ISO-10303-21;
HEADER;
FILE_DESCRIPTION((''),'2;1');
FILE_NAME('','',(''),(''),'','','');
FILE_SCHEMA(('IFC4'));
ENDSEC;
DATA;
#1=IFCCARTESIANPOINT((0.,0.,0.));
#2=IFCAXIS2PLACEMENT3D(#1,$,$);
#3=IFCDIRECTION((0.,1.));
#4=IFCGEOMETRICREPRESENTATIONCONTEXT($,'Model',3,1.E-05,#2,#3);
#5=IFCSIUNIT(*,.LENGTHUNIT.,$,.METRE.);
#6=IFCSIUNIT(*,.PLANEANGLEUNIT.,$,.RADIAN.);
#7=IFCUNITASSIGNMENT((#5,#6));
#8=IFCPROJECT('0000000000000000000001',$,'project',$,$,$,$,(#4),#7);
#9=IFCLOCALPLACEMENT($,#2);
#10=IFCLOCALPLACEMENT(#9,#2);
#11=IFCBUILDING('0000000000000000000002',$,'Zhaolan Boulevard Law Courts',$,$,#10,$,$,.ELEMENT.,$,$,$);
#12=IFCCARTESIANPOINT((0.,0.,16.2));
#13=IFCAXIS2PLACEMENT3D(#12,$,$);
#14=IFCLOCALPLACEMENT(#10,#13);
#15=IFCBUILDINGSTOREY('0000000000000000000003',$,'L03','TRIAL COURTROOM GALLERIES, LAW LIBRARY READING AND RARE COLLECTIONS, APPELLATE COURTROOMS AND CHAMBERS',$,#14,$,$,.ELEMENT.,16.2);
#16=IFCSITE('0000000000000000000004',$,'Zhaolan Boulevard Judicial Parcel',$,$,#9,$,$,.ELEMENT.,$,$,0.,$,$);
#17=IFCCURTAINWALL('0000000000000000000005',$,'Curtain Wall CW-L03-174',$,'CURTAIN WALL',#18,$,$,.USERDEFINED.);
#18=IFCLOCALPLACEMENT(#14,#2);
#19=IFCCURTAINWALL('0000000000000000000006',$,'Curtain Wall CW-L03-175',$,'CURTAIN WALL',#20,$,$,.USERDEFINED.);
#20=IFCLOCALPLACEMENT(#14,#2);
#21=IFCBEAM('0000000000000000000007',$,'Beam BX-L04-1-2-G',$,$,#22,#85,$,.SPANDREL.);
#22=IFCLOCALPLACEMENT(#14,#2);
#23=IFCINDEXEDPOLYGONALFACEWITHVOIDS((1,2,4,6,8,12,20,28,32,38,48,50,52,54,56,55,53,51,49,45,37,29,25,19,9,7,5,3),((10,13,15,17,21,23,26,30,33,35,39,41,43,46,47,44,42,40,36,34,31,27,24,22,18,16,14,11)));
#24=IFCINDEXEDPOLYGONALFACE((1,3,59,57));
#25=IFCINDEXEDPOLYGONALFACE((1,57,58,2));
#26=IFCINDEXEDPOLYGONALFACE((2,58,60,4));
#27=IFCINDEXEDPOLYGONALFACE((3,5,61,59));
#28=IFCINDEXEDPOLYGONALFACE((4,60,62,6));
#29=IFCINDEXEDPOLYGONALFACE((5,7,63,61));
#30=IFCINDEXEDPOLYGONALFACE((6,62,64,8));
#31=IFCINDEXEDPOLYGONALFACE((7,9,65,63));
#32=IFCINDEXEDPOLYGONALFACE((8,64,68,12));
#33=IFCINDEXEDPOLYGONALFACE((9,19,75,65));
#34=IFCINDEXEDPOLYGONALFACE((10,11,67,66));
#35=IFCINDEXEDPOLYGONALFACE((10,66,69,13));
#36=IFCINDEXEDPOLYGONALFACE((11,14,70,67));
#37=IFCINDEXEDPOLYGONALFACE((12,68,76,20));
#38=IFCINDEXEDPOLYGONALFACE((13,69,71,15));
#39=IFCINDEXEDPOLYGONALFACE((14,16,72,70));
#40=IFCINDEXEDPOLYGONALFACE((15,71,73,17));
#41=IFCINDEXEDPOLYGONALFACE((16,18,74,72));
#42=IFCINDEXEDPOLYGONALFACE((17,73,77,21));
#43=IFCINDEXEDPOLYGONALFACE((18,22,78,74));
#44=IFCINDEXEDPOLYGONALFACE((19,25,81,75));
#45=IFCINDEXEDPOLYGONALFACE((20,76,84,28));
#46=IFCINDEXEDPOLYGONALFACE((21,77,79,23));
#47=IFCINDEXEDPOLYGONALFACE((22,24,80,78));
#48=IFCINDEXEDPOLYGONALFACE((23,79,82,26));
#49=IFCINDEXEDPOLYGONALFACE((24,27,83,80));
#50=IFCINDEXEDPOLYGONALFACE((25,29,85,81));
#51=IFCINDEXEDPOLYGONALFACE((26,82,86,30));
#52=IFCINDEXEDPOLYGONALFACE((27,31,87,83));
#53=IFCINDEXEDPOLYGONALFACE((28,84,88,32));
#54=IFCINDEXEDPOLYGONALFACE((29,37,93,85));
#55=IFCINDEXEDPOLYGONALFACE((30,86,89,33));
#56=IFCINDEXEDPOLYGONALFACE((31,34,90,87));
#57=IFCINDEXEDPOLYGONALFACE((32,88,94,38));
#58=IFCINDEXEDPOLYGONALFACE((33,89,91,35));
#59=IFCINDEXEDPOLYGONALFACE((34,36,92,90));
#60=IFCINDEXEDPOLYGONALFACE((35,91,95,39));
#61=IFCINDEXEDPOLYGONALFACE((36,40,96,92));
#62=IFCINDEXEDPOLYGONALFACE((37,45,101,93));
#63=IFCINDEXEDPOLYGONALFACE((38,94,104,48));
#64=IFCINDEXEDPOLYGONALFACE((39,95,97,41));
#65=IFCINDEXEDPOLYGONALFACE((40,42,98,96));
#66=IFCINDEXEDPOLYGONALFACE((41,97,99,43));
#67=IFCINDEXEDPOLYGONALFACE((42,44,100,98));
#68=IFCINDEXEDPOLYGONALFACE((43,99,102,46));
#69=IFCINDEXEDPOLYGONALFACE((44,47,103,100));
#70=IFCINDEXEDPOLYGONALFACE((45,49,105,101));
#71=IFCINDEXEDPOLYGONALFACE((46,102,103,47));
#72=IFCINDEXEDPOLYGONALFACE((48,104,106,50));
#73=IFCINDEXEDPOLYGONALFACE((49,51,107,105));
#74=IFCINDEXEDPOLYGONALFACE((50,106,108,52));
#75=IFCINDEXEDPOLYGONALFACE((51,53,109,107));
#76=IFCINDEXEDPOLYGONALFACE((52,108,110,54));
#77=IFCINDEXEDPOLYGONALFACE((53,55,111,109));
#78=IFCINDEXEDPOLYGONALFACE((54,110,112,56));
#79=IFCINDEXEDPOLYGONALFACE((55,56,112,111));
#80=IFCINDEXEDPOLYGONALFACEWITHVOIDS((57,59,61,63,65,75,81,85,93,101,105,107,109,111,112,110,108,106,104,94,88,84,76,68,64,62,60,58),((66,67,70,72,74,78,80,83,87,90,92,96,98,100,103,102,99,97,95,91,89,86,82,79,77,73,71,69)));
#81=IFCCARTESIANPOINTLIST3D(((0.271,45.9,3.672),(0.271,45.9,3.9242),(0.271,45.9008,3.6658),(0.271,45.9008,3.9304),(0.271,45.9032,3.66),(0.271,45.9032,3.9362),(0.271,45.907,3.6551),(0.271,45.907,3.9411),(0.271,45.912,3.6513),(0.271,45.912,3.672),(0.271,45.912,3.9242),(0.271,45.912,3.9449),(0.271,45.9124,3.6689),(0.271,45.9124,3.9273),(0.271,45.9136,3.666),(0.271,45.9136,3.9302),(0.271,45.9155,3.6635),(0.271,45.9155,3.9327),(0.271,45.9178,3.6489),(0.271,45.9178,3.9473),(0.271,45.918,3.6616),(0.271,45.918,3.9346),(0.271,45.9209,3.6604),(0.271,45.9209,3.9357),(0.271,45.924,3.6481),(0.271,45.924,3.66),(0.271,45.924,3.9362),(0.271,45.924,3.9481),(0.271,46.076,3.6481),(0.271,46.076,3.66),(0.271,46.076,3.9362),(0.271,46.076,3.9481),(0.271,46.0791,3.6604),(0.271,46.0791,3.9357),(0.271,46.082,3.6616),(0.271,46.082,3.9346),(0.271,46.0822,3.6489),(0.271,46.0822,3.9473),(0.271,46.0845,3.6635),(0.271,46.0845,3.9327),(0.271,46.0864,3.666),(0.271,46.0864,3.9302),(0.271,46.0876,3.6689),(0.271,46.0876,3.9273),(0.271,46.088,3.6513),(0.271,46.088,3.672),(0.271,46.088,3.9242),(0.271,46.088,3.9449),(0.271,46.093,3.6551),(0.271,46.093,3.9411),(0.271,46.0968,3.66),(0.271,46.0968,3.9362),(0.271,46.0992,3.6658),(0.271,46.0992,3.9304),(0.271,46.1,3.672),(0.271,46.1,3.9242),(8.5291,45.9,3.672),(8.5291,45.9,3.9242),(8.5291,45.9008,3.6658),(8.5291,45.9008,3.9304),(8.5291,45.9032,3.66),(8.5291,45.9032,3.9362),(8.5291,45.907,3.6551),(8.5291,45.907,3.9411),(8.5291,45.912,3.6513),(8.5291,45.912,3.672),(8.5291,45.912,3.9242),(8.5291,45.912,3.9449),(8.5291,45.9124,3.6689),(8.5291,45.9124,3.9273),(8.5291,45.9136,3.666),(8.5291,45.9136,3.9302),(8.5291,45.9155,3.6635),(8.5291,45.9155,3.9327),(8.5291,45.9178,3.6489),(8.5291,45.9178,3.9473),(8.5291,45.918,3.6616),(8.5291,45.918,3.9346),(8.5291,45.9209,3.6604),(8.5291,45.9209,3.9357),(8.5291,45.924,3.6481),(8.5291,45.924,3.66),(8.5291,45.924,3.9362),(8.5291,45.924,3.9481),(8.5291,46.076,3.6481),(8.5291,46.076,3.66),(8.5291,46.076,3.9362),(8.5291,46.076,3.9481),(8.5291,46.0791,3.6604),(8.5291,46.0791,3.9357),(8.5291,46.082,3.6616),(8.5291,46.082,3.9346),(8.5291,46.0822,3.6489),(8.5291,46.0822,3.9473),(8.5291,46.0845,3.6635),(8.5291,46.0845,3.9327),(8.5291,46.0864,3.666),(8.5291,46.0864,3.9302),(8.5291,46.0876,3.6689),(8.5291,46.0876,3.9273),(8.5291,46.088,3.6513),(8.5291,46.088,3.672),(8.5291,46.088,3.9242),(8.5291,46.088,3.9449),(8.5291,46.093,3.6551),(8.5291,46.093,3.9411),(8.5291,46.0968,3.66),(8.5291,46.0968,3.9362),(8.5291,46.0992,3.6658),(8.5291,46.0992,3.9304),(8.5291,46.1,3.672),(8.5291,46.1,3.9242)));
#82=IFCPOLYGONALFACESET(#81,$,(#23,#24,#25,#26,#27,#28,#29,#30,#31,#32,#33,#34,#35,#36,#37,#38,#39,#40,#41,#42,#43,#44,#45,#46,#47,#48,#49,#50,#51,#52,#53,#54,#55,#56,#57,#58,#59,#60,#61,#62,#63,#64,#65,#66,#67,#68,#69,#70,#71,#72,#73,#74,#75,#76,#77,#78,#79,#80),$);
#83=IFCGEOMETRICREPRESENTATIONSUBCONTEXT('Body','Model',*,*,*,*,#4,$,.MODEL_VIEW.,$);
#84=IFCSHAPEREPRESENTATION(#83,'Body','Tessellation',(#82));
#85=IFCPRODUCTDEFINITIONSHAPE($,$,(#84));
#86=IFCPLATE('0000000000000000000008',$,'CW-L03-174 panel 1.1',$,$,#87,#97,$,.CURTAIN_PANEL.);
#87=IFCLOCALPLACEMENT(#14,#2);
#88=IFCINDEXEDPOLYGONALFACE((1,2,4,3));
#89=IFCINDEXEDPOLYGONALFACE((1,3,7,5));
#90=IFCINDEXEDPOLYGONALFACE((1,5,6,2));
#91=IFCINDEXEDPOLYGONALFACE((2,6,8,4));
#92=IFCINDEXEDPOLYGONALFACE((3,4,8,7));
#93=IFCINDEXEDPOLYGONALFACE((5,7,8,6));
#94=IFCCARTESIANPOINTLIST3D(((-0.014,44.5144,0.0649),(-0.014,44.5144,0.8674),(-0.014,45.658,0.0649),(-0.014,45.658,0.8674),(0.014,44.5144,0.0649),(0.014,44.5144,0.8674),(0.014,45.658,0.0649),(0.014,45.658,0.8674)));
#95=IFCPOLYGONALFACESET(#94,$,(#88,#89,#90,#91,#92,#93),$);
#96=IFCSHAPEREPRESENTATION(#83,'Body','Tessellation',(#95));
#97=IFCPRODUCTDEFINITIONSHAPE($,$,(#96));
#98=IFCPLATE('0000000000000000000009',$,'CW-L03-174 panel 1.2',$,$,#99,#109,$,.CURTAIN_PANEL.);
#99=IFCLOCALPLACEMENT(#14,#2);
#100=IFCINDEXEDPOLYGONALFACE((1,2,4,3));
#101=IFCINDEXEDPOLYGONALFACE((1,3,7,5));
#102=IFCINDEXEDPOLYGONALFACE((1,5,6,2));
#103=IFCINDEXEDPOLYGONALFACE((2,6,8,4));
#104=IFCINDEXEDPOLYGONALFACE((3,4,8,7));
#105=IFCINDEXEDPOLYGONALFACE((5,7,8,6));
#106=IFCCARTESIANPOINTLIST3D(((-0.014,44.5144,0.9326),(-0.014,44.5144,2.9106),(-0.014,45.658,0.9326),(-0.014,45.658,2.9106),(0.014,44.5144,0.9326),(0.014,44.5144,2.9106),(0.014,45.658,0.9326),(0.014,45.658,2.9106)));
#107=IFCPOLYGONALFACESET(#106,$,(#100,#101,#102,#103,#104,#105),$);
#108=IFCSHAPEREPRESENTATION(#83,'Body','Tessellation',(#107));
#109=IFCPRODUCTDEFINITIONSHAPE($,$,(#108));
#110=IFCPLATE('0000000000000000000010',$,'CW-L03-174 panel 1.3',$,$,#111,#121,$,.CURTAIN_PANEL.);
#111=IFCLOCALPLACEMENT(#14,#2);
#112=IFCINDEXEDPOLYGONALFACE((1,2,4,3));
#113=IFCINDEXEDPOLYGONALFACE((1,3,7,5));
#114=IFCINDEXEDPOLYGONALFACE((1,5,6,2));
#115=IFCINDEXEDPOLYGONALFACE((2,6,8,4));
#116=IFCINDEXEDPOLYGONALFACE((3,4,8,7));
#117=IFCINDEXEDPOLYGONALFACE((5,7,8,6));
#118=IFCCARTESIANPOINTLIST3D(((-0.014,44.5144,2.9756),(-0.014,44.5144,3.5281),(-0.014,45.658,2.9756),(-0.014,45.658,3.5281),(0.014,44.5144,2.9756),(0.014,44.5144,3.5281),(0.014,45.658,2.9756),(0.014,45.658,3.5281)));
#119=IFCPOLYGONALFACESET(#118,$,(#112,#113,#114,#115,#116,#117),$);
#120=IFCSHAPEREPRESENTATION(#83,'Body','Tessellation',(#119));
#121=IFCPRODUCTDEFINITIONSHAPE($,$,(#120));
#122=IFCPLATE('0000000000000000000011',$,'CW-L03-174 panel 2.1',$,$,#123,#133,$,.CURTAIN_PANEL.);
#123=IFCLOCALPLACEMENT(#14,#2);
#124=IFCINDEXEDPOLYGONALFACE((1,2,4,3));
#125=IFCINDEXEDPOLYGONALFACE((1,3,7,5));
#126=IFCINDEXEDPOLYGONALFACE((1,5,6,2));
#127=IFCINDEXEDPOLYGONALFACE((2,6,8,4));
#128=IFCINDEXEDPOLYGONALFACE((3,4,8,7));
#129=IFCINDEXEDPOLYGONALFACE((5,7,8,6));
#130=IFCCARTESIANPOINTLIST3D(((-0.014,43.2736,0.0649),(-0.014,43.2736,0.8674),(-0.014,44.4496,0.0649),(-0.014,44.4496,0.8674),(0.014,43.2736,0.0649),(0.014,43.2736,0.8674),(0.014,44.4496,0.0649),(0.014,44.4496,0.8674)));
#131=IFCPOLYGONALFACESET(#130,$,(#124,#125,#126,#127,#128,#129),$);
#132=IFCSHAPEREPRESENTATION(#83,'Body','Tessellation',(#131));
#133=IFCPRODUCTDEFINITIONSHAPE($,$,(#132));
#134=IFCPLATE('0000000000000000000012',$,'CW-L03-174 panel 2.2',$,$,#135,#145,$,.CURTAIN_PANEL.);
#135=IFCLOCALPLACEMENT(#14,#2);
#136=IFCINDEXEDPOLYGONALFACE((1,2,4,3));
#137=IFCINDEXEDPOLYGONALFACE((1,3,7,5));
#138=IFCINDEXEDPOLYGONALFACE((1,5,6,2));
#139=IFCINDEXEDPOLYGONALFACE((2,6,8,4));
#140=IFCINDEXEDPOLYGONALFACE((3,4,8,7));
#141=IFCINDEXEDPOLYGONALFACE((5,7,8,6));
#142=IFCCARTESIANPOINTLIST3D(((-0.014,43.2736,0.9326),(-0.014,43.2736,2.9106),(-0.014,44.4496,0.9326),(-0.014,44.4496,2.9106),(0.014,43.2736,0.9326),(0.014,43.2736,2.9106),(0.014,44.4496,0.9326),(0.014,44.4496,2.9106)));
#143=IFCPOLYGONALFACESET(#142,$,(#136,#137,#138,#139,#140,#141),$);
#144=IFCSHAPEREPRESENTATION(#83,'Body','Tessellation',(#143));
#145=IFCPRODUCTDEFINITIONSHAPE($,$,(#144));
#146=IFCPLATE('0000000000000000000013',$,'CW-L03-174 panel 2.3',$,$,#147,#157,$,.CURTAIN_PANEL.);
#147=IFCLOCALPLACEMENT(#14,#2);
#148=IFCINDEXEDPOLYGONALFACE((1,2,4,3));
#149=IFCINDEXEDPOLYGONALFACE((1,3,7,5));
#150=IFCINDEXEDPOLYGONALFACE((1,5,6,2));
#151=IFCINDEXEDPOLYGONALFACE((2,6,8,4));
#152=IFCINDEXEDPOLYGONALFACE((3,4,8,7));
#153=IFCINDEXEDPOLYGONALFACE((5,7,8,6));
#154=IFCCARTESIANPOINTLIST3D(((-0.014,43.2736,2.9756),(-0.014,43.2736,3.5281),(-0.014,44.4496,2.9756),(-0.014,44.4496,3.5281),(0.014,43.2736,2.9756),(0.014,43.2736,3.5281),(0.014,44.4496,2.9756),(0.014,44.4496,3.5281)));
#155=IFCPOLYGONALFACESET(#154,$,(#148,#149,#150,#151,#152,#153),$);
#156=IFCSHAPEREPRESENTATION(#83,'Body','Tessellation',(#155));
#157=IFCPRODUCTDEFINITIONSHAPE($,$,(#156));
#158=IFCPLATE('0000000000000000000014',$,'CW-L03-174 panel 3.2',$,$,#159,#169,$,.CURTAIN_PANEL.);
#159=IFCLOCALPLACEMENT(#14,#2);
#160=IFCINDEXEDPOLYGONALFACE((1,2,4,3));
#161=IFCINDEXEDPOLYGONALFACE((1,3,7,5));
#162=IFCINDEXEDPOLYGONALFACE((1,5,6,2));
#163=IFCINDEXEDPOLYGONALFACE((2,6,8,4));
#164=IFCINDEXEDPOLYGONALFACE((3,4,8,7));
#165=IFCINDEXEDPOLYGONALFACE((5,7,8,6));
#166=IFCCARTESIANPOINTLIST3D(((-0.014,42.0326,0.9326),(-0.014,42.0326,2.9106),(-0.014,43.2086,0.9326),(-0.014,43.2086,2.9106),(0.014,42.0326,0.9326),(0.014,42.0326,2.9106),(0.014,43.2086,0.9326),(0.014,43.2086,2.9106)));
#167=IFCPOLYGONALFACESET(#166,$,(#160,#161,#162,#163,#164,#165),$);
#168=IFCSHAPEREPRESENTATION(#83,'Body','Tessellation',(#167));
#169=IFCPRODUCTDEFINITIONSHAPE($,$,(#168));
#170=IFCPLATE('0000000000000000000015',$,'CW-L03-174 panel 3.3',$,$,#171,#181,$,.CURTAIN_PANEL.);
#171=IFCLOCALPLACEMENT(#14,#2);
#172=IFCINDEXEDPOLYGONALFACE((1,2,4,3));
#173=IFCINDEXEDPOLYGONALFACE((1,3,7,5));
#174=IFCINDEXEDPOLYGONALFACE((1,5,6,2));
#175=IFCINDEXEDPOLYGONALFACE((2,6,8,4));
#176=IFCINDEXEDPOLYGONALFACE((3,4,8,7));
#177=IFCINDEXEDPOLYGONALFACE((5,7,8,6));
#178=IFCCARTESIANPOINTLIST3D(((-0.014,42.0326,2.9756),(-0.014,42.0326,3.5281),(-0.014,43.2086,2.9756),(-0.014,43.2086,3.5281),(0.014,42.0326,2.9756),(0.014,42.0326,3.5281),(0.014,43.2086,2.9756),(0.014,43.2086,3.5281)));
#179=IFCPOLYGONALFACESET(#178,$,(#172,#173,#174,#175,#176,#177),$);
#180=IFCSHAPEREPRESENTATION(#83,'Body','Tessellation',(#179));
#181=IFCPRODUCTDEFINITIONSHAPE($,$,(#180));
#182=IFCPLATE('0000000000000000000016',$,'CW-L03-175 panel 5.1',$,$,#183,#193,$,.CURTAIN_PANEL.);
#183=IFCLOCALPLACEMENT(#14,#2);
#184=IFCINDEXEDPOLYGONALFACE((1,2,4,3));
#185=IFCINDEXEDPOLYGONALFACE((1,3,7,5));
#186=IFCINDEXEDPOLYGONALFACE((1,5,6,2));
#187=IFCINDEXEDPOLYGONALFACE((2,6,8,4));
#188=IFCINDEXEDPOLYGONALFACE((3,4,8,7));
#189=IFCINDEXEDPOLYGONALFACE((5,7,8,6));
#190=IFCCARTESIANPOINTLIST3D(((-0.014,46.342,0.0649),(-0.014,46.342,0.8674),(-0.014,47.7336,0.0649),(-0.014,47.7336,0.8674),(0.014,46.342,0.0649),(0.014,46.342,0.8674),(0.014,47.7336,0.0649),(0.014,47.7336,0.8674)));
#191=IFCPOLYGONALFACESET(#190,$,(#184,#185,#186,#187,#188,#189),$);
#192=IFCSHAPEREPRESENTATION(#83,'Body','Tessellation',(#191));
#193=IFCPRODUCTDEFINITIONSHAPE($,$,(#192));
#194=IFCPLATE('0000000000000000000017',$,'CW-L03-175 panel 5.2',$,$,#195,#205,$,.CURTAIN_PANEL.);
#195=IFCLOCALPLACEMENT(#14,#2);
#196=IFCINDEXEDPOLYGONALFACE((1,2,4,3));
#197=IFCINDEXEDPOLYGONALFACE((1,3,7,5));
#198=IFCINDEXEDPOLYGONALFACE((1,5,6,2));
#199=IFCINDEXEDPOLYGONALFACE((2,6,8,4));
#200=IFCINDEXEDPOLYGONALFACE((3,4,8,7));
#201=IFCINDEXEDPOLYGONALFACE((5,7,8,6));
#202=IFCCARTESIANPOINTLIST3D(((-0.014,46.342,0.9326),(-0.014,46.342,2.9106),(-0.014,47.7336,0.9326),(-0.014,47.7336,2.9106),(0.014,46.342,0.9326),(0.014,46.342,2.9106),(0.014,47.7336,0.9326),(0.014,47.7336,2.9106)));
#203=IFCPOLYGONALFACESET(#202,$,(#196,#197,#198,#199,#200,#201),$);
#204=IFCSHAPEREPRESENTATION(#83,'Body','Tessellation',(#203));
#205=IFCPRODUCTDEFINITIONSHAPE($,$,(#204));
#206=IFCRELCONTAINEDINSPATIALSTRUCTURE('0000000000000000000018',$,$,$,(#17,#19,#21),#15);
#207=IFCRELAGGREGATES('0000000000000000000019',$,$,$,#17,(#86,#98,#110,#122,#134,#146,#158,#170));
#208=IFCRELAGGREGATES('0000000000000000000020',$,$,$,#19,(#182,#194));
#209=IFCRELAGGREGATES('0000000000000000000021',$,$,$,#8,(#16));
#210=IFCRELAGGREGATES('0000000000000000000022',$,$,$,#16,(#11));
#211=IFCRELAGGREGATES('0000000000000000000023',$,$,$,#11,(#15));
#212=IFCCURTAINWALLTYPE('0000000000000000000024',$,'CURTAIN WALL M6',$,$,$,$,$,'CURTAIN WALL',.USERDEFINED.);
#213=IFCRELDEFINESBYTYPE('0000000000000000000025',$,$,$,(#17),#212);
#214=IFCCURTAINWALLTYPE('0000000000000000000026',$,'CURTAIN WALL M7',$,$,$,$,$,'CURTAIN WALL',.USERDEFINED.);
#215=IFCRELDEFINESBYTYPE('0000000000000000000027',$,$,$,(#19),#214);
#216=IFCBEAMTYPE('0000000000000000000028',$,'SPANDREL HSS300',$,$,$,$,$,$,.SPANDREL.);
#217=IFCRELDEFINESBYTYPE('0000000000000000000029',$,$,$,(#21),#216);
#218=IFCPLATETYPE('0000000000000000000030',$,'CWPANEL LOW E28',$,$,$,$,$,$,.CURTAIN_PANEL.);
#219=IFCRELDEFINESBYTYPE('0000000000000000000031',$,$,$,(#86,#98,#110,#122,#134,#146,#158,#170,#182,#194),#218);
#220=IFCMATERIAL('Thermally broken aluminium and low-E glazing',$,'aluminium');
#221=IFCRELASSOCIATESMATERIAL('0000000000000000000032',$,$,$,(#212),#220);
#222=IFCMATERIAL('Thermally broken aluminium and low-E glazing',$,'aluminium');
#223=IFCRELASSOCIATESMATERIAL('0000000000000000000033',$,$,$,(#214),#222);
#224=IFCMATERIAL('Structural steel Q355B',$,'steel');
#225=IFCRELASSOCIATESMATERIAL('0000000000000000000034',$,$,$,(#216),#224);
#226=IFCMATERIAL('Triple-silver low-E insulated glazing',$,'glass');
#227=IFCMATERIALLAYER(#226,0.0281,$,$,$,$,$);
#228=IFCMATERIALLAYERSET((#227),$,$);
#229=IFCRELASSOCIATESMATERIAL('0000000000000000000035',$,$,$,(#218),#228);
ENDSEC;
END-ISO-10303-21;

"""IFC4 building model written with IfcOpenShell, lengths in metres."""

from ifc_helpers import new_model, si_unit, direction, frame, origin, origin_2d, place, context, subcontext, project, spatial, rectangle, hollow_rectangle, extrude, material, layer, layer_set, material_profile, profile_set, type_object, element, aggregate, save


model = new_model("IFC4")

# Units and contexts
model_context = context("Model", 3, precision=1e-05, world=origin(), true_north=direction((0.0, 1.0)))
body_context = subcontext(model_context, "Body", "Model", "MODEL_VIEW")
ifc_project = project(units=[si_unit("LENGTHUNIT", "METRE"), si_unit("PLANEANGLEUNIT", "RADIAN")], contexts=[model_context])

# Site, building, storey
site_placement = place(None, origin())
site = spatial("IfcSite", under=ifc_project, at=site_placement, Name="Zhaolan Boulevard Judicial Parcel", CompositionType="ELEMENT", RefElevation=0.0)
building_placement = place(site_placement, origin())
building = spatial("IfcBuilding", under=site, at=building_placement, Name="Zhaolan Boulevard Law Courts", CompositionType="ELEMENT")
storey_placement = place(building_placement, frame((0.0, 0.0, 16.2)))
storey = spatial("IfcBuildingStorey", under=building, at=storey_placement, Name="L03", Description="TRIAL COURTROOM GALLERIES, LAW LIBRARY READING AND RARE COLLECTIONS, APPELLATE COURTROOMS AND CHAMBERS", CompositionType="ELEMENT", Elevation=16.2)

# Curtain wall
ifc_material_1 = material(Name="Thermally broken aluminium and low-E glazing", Category="aluminium")
curtain_wall_type_1 = type_object("IfcCurtainWallType", Name="CURTAIN WALL M6", ElementType="CURTAIN WALL", PredefinedType="USERDEFINED", material=ifc_material_1)
curtain_wall_1_placement = place(storey_placement, origin())
curtain_wall_1 = element("IfcCurtainWall", 1, at=curtain_wall_1_placement, inside=storey, type_object=curtain_wall_type_1, Name="Curtain Wall CW-L03-174", ObjectType="CURTAIN WALL", PredefinedType="USERDEFINED")

# Curtain wall
ifc_material_2 = material(Name="Thermally broken aluminium and low-E glazing", Category="aluminium")
curtain_wall_type_2 = type_object("IfcCurtainWallType", Name="CURTAIN WALL M7", ElementType="CURTAIN WALL", PredefinedType="USERDEFINED", material=ifc_material_2)
curtain_wall_2_placement = place(storey_placement, origin())
curtain_wall_2 = element("IfcCurtainWall", 2, at=curtain_wall_2_placement, inside=storey, type_object=curtain_wall_type_2, Name="Curtain Wall CW-L03-175", ObjectType="CURTAIN WALL", PredefinedType="USERDEFINED")

# Beam
ifc_material_3 = material(Name="Structural steel Q355B", Category="steel")
ifc_material_profile_1 = material_profile(ifc_material_3, hollow_rectangle(XDim=0.2, YDim=0.3, WallThickness=0.012, InnerFilletRadius=0.012, OuterFilletRadius=0.0239, at=origin_2d()), Name="HSS300x200x12")
ifc_profile_set_1 = profile_set([ifc_material_profile_1], Name="Structural steel Q355B")
beam_type_1 = type_object("IfcBeamType", Name="SPANDREL HSS300", PredefinedType="SPANDREL", material=ifc_profile_set_1)
beam_1_placement = place(storey_placement, frame((0.271, 46.0, 3.7981), z_axis=(1.0, 0.0, 0.0), x_axis=(0.0, 1.0, 0.0)))
element("IfcBeam", 3, at=beam_1_placement, inside=storey, type_object=beam_type_1, Name="Beam BX-L04-1-2-G", PredefinedType="SPANDREL", context=body_context, shape_type="SweptSolid", body=[
    extrude(hollow_rectangle(XDim=0.2, YDim=0.3, WallThickness=0.012, InnerFilletRadius=0.012, OuterFilletRadius=0.0239, at=origin_2d()), origin(), (0.0, 0.0, 1.0), 8.2581),
])

# Plates
ifc_material_4 = material(Name="Triple-silver low-E insulated glazing", Category="glass")
ifc_layer_1 = layer(ifc_material_4, 0.0281)
ifc_layer_set_1 = layer_set([ifc_layer_1])
plate_type_1 = type_object("IfcPlateType", Name="CWPANEL LOW E28", PredefinedType="CURTAIN_PANEL", material=ifc_layer_set_1)
plate_1_placement = place(storey_placement, frame((0.0, 45.0862, 0.0649), z_axis=(0.0, 0.0, 1.0), x_axis=(0.0, -1.0, 0.0)))
plate_1 = element("IfcPlate", 4, at=plate_1_placement, type_object=plate_type_1, Name="CW-L03-174 panel 1.1", PredefinedType="CURTAIN_PANEL", context=body_context, shape_type="SweptSolid", body=[
    extrude(rectangle(XDim=1.1436, YDim=0.0281, at=origin_2d()), origin(), (0.0, 0.0, 1.0), 0.8025),
])
plate_2_placement = place(storey_placement, frame((0.0, 45.0862, 0.9326), z_axis=(0.0, 0.0, 1.0), x_axis=(0.0, -1.0, 0.0)))
plate_2 = element("IfcPlate", 5, at=plate_2_placement, type_object=plate_type_1, Name="CW-L03-174 panel 1.2", PredefinedType="CURTAIN_PANEL", context=body_context, shape_type="SweptSolid", body=[
    extrude(rectangle(XDim=1.1436, YDim=0.0281, at=origin_2d()), origin(), (0.0, 0.0, 1.0), 1.978),
])
plate_3_placement = place(storey_placement, frame((0.0, 45.0862, 2.9756), z_axis=(0.0, 0.0, 1.0), x_axis=(0.0, -1.0, 0.0)))
plate_3 = element("IfcPlate", 6, at=plate_3_placement, type_object=plate_type_1, Name="CW-L03-174 panel 1.3", PredefinedType="CURTAIN_PANEL", context=body_context, shape_type="SweptSolid", body=[
    extrude(rectangle(XDim=1.1436, YDim=0.0281, at=origin_2d()), origin(), (0.0, 0.0, 1.0), 0.5525),
])
plate_4_placement = place(storey_placement, frame((0.0, 43.8616, 0.0649), z_axis=(0.0, 0.0, 1.0), x_axis=(0.0, -1.0, 0.0)))
plate_4 = element("IfcPlate", 7, at=plate_4_placement, type_object=plate_type_1, Name="CW-L03-174 panel 2.1", PredefinedType="CURTAIN_PANEL", context=body_context, shape_type="SweptSolid", body=[
    extrude(rectangle(XDim=1.176, YDim=0.0281, at=origin_2d()), origin(), (0.0, 0.0, 1.0), 0.8025),
])
plate_5_placement = place(storey_placement, frame((0.0, 43.8616, 0.9326), z_axis=(0.0, 0.0, 1.0), x_axis=(0.0, -1.0, 0.0)))
plate_5 = element("IfcPlate", 8, at=plate_5_placement, type_object=plate_type_1, Name="CW-L03-174 panel 2.2", PredefinedType="CURTAIN_PANEL", context=body_context, shape_type="SweptSolid", body=[
    extrude(rectangle(XDim=1.176, YDim=0.0281, at=origin_2d()), origin(), (0.0, 0.0, 1.0), 1.978),
])
plate_6_placement = place(storey_placement, frame((0.0, 43.8616, 2.9756), z_axis=(0.0, 0.0, 1.0), x_axis=(0.0, -1.0, 0.0)))
plate_6 = element("IfcPlate", 9, at=plate_6_placement, type_object=plate_type_1, Name="CW-L03-174 panel 2.3", PredefinedType="CURTAIN_PANEL", context=body_context, shape_type="SweptSolid", body=[
    extrude(rectangle(XDim=1.176, YDim=0.0281, at=origin_2d()), origin(), (0.0, 0.0, 1.0), 0.5525),
])
plate_7_placement = place(storey_placement, frame((0.0, 42.6206, 0.9326), z_axis=(0.0, 0.0, 1.0), x_axis=(0.0, -1.0, 0.0)))
plate_7 = element("IfcPlate", 10, at=plate_7_placement, type_object=plate_type_1, Name="CW-L03-174 panel 3.2", PredefinedType="CURTAIN_PANEL", context=body_context, shape_type="SweptSolid", body=[
    extrude(rectangle(XDim=1.176, YDim=0.0281, at=origin_2d()), origin(), (0.0, 0.0, 1.0), 1.978),
])
plate_8_placement = place(storey_placement, frame((0.0, 42.6206, 2.9756), z_axis=(0.0, 0.0, 1.0), x_axis=(0.0, -1.0, 0.0)))
plate_8 = element("IfcPlate", 11, at=plate_8_placement, type_object=plate_type_1, Name="CW-L03-174 panel 3.3", PredefinedType="CURTAIN_PANEL", context=body_context, shape_type="SweptSolid", body=[
    extrude(rectangle(XDim=1.176, YDim=0.0281, at=origin_2d()), origin(), (0.0, 0.0, 1.0), 0.5525),
])
aggregate(curtain_wall_1, [plate_1, plate_2, plate_3, plate_4, plate_5, plate_6, plate_7, plate_8])
plate_9_placement = place(storey_placement, frame((0.0, 47.0378, 0.0649), z_axis=(0.0, 0.0, 1.0), x_axis=(0.0, -1.0, 0.0)))
plate_9 = element("IfcPlate", 12, at=plate_9_placement, type_object=plate_type_1, Name="CW-L03-175 panel 5.1", PredefinedType="CURTAIN_PANEL", context=body_context, shape_type="SweptSolid", body=[
    extrude(rectangle(XDim=1.3916, YDim=0.0281, at=origin_2d()), origin(), (0.0, 0.0, 1.0), 0.8025),
])
plate_10_placement = place(storey_placement, frame((0.0, 47.0378, 0.9326), z_axis=(0.0, 0.0, 1.0), x_axis=(0.0, -1.0, 0.0)))
plate_10 = element("IfcPlate", 13, at=plate_10_placement, type_object=plate_type_1, Name="CW-L03-175 panel 5.2", PredefinedType="CURTAIN_PANEL", context=body_context, shape_type="SweptSolid", body=[
    extrude(rectangle(XDim=1.3916, YDim=0.0281, at=origin_2d()), origin(), (0.0, 0.0, 1.0), 1.978),
])
aggregate(curtain_wall_2, [plate_9, plate_10])

save(model, "model.ifc")
